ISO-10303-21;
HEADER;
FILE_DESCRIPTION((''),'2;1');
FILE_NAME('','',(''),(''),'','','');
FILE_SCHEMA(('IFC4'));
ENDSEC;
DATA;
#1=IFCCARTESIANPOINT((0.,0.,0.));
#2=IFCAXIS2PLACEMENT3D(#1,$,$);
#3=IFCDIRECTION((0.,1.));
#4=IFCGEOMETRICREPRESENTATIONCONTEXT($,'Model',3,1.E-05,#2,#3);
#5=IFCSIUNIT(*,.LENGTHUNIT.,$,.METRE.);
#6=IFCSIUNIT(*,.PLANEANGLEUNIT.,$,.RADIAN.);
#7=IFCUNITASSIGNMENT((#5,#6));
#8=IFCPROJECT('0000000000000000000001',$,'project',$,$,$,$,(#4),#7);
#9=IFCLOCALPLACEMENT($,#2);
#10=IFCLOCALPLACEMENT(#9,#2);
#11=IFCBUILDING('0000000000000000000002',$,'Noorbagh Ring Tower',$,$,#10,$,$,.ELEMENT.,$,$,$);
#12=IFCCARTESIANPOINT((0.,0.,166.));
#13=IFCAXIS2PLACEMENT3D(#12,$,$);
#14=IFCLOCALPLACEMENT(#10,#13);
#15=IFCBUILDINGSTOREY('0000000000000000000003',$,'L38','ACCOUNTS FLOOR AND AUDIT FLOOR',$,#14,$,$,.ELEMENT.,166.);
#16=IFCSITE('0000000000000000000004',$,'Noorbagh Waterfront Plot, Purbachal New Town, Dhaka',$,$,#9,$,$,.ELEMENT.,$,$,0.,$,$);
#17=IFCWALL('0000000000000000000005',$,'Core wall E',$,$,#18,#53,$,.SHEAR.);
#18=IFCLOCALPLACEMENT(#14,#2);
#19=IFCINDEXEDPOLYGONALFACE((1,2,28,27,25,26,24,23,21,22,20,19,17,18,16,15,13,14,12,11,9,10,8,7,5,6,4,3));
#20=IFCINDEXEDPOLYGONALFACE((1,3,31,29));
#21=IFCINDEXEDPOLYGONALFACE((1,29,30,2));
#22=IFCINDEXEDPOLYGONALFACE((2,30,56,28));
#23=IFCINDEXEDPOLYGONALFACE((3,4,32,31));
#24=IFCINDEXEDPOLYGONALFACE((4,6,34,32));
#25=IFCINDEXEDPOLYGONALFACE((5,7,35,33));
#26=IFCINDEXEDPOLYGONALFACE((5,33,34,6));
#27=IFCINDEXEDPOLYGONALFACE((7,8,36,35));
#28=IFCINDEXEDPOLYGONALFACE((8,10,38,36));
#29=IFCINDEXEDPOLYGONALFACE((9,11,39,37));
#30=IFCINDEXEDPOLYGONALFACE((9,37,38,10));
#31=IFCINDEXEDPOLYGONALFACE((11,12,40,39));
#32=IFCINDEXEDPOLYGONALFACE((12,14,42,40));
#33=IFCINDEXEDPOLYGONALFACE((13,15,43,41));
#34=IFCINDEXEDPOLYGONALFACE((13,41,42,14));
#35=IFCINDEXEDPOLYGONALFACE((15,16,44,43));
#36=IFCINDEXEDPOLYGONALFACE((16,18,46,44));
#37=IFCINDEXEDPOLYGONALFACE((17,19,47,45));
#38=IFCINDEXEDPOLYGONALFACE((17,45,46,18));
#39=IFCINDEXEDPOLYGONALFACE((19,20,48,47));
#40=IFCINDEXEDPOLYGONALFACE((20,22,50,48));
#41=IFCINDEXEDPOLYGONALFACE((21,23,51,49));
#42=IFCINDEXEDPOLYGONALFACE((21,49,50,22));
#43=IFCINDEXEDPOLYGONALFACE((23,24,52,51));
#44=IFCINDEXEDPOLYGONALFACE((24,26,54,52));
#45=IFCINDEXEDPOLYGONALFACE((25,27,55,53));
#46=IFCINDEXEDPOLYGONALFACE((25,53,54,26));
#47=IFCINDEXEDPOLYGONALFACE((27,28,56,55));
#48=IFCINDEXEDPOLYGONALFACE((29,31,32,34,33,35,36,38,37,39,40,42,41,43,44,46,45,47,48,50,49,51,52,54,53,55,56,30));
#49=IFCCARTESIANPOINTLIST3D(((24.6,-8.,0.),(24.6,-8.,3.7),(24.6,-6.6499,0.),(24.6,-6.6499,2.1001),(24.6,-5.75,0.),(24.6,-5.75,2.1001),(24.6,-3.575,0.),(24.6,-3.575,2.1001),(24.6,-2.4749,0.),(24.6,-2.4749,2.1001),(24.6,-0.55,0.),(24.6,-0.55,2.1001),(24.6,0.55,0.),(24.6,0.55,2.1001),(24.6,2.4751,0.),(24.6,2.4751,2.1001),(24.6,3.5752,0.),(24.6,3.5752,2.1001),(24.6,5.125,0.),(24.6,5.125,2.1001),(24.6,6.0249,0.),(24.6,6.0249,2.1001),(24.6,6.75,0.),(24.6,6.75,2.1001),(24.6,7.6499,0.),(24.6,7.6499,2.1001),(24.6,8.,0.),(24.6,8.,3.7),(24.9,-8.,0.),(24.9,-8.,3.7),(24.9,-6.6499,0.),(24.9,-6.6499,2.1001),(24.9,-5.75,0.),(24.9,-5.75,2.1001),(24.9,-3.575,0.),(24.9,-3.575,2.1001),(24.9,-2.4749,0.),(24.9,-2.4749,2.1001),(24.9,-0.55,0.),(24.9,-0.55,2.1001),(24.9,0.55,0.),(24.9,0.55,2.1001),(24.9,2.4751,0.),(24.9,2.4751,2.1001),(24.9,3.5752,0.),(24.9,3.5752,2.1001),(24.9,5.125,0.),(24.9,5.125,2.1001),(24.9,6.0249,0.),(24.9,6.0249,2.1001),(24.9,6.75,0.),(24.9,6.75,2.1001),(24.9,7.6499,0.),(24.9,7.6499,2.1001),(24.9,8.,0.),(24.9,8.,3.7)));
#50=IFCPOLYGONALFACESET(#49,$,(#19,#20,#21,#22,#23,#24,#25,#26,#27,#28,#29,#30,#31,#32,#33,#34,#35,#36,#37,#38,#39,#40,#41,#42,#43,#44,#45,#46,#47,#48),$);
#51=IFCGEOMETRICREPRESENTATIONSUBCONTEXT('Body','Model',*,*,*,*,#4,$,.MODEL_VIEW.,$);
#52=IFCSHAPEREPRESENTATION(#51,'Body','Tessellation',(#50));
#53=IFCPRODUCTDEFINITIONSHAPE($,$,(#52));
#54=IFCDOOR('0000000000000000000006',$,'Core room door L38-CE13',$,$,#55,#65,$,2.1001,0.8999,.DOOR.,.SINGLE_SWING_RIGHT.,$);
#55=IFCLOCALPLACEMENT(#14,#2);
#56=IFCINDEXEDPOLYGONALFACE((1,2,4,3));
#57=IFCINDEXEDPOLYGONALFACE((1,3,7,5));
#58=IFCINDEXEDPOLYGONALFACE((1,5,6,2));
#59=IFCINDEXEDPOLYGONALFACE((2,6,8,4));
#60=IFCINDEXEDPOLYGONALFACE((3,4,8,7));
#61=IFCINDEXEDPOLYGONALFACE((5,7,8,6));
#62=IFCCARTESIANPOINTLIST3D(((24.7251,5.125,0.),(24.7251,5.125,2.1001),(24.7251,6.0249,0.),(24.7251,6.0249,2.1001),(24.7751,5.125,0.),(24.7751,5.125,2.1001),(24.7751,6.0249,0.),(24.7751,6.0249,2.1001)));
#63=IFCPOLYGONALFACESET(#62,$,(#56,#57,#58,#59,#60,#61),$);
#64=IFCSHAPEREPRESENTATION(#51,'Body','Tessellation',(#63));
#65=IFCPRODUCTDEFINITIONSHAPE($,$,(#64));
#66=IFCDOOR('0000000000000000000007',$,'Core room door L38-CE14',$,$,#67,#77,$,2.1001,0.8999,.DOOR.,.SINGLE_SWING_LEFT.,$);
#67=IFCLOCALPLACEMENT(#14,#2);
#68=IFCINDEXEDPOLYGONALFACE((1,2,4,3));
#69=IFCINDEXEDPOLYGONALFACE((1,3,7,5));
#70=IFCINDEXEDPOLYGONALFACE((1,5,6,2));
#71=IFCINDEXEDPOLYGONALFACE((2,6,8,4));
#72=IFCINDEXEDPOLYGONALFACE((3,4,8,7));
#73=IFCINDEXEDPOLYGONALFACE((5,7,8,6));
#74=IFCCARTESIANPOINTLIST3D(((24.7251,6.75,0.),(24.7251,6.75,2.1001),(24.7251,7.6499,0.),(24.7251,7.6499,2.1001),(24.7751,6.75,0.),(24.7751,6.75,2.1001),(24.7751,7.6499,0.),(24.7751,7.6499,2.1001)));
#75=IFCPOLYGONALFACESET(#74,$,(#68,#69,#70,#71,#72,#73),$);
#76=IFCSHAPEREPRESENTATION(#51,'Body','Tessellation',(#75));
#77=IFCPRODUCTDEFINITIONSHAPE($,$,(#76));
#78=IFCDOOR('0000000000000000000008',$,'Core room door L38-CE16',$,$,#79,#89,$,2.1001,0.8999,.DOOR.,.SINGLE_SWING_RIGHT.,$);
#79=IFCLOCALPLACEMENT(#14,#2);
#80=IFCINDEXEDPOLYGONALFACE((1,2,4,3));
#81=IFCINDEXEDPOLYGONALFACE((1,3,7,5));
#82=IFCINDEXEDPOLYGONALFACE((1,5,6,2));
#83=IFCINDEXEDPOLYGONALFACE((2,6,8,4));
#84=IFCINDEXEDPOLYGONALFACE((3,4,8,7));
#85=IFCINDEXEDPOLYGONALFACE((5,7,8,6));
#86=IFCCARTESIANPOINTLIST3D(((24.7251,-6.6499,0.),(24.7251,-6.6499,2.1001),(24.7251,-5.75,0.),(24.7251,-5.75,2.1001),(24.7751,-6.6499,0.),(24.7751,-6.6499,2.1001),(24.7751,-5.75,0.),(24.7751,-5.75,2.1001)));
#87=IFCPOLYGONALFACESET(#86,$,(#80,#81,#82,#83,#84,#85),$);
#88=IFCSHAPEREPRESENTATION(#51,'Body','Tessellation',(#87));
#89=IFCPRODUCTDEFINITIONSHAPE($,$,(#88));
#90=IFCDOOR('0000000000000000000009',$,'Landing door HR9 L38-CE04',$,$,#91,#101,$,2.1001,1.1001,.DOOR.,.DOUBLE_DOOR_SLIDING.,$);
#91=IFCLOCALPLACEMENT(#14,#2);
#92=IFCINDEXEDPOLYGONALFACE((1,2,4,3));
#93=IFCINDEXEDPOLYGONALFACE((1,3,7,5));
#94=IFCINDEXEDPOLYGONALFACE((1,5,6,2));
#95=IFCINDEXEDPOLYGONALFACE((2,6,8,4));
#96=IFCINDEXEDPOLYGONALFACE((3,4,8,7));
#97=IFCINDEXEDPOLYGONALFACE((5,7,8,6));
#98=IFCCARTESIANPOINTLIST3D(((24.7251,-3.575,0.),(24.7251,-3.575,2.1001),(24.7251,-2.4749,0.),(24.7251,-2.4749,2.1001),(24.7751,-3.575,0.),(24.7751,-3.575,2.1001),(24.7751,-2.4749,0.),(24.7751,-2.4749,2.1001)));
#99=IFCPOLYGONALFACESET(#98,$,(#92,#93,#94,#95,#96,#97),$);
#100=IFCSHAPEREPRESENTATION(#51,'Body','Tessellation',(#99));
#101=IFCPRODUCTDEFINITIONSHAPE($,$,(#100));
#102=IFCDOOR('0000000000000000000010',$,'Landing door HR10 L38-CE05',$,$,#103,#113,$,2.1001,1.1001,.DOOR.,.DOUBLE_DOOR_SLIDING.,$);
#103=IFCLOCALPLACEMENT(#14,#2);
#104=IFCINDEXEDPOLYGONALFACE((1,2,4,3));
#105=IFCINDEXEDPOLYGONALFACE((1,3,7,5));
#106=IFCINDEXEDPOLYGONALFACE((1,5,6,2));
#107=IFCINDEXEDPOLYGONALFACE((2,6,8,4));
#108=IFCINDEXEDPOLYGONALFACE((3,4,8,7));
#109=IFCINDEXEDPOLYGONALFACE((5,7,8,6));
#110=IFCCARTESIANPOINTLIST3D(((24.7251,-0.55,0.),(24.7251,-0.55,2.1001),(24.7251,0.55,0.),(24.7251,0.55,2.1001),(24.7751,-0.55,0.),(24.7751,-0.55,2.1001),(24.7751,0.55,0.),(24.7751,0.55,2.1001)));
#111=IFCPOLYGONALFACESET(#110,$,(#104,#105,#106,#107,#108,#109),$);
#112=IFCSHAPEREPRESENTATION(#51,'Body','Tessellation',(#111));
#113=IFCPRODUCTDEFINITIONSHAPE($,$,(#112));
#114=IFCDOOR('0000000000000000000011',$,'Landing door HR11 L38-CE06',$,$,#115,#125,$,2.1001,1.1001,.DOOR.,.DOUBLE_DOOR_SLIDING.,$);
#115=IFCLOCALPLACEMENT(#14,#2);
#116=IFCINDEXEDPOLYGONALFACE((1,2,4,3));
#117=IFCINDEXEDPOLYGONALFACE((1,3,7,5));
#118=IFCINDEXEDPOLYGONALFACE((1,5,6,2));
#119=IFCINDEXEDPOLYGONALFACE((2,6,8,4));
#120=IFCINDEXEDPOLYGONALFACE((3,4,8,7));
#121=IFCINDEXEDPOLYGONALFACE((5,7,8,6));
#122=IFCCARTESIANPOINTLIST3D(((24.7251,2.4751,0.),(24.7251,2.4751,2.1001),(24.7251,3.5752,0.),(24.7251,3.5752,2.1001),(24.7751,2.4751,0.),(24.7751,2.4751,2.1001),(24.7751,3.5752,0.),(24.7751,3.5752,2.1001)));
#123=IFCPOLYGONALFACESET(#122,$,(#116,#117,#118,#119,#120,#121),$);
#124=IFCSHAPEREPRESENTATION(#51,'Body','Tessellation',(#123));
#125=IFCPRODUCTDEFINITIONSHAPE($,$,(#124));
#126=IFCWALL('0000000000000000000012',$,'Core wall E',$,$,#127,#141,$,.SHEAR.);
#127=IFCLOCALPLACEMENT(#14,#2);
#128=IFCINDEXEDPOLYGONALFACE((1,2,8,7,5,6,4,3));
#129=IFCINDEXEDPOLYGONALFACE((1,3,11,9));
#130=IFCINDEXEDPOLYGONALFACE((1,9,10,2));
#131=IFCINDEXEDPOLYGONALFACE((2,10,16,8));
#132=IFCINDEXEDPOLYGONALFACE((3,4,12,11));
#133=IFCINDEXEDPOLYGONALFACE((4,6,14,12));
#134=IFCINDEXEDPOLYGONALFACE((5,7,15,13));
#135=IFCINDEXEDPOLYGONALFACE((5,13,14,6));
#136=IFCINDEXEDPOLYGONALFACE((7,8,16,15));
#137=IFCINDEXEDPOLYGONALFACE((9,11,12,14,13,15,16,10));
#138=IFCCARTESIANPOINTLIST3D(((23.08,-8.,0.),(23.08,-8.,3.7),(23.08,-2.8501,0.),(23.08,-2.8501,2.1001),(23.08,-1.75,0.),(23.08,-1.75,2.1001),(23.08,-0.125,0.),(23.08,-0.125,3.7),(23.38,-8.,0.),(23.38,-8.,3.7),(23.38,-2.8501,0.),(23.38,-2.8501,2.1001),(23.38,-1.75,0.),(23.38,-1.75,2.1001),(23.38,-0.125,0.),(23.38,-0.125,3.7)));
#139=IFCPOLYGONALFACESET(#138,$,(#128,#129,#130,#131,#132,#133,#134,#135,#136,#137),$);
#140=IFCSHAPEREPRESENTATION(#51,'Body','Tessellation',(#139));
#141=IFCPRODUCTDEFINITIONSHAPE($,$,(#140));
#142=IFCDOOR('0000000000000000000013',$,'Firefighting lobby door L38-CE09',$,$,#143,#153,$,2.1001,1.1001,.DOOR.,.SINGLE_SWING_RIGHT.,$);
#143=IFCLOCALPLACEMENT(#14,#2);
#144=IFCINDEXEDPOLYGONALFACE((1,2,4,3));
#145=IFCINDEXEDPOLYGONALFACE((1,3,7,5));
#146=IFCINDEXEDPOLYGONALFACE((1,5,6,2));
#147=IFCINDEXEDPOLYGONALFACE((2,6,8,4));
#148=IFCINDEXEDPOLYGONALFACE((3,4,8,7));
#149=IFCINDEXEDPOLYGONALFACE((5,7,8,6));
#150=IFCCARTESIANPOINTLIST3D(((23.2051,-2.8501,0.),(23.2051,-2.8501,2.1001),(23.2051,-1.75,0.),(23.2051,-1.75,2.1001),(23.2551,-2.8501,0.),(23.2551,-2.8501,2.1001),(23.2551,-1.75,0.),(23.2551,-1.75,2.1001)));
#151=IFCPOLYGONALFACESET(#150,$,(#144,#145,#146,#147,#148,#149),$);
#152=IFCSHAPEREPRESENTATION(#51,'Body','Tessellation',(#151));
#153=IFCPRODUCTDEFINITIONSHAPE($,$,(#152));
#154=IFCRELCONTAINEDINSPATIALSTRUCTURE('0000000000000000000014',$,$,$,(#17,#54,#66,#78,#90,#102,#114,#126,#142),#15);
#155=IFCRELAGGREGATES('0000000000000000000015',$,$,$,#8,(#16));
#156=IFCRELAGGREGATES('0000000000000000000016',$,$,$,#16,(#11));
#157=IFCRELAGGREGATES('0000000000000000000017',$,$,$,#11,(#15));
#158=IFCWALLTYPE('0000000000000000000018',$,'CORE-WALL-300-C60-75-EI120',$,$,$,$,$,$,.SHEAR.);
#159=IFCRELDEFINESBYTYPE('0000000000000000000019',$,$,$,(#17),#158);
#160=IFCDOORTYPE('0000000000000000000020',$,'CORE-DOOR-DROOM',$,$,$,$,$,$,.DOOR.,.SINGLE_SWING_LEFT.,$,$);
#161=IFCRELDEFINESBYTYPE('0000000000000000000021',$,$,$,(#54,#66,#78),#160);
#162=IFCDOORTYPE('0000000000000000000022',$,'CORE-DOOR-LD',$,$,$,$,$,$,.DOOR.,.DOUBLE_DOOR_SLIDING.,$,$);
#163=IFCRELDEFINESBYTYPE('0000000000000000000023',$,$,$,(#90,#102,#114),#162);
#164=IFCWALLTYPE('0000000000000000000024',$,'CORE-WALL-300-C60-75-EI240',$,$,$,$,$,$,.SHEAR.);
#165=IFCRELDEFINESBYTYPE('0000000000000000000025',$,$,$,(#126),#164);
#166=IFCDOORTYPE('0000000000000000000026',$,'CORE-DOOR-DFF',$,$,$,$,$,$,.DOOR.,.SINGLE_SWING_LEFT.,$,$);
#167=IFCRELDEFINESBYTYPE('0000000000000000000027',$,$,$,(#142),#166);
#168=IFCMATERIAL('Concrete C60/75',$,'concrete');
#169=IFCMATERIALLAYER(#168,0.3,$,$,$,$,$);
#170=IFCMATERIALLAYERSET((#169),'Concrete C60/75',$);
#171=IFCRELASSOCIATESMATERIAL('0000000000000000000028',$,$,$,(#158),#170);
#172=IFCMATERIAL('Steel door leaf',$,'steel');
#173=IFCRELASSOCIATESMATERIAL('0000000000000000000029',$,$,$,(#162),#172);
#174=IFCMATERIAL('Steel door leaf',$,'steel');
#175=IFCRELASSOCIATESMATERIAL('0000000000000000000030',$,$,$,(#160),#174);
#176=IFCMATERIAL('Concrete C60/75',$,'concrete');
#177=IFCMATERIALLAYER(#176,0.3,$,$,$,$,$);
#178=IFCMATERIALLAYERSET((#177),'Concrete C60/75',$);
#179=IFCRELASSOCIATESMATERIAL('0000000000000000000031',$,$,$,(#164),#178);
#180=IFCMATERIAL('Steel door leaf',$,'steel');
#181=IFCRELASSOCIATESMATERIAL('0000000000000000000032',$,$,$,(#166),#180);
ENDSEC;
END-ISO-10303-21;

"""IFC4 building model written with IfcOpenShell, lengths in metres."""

from ifc_helpers import new_model, si_unit, direction, frame, frame_2d, origin, place, context, subcontext, project, spatial, rectangle, extrude, material, layer, layer_set, type_object, element, fill, save


model = new_model("IFC4")

# Units and contexts
model_context = context("Model", 3, precision=1e-05, world=origin(), true_north=direction((0.0, 1.0)))
body_context = subcontext(model_context, "Body", "Model", "MODEL_VIEW")
ifc_project = project(units=[si_unit("LENGTHUNIT", "METRE"), si_unit("PLANEANGLEUNIT", "RADIAN")], contexts=[model_context])

# Site, building, storey
site_placement = place(None, origin())
site = spatial("IfcSite", under=ifc_project, at=site_placement, Name="Noorbagh Waterfront Plot, Purbachal New Town, Dhaka", CompositionType="ELEMENT", RefElevation=0.0)
building_placement = place(site_placement, origin())
building = spatial("IfcBuilding", under=site, at=building_placement, Name="Noorbagh Ring Tower", CompositionType="ELEMENT")
storey_placement = place(building_placement, frame((0.0, 0.0, 166.0)))
storey = spatial("IfcBuildingStorey", under=building, at=storey_placement, Name="L38", Description="ACCOUNTS FLOOR AND AUDIT FLOOR", CompositionType="ELEMENT", Elevation=166.0)

# Wall, openings, doors
ifc_material_1 = material(Name="Concrete C60/75", Category="concrete")
ifc_layer_1 = layer(ifc_material_1, 0.3)
ifc_layer_set_1 = layer_set([ifc_layer_1], Name="Concrete C60/75")
wall_type_1 = type_object("IfcWallType", Name="CORE-WALL-300-C60-75-EI120", PredefinedType="SHEAR", material=ifc_layer_set_1)
ifc_material_2 = material(Name="Steel door leaf", Category="steel")
door_type_1 = type_object("IfcDoorType", Name="CORE-DOOR-LD", OperationType="DOUBLE_DOOR_SLIDING", PredefinedType="DOOR", material=ifc_material_2)
wall_1_placement = place(storey_placement, frame((24.75, -8.0, 0.0), z_axis=(0.0, 0.0, 1.0), x_axis=(0.0, 1.0, 0.0)))
wall_1 = element("IfcWall", 1, at=wall_1_placement, inside=storey, type_object=wall_type_1, Name="Core wall E", PredefinedType="SHEAR", context=body_context, shape_type="SweptSolid", body=[
    extrude(rectangle(XDim=16.0, YDim=0.3, at=frame_2d((8.0, 0.0))), origin(), (0.0, 0.0, 1.0), 3.7),
])
opening_1_placement = place(wall_1_placement, frame((4.425, 0.0, 0.0)))
opening_1 = element("IfcOpeningElement", 2, at=opening_1_placement, cuts=wall_1, PredefinedType="OPENING", context=body_context, shape_type="SweptSolid", body=[
    extrude(rectangle(XDim=1.1001, YDim=2.1001, at=frame_2d((0.55, 1.05))), frame((0.0, 0.1602, 0.0), z_axis=(0.0, -1.0, 0.0), x_axis=(1.0, 0.0, 0.0)), (0.0, 0.0, 1.0), 0.3201),
])
opening_2_placement = place(wall_1_placement, frame((7.45, 0.0, 0.0)))
opening_2 = element("IfcOpeningElement", 3, at=opening_2_placement, cuts=wall_1, PredefinedType="OPENING", context=body_context, shape_type="SweptSolid", body=[
    extrude(rectangle(XDim=1.1001, YDim=2.1001, at=frame_2d((0.55, 1.05))), frame((0.0, 0.1602, 0.0), z_axis=(0.0, -1.0, 0.0), x_axis=(1.0, 0.0, 0.0)), (0.0, 0.0, 1.0), 0.3201),
])
opening_3_placement = place(wall_1_placement, frame((10.4751, 0.0, 0.0)))
opening_3 = element("IfcOpeningElement", 4, at=opening_3_placement, cuts=wall_1, PredefinedType="OPENING", context=body_context, shape_type="SweptSolid", body=[
    extrude(rectangle(XDim=1.1001, YDim=2.1001, at=frame_2d((0.55, 1.05))), frame((0.0, 0.1602, 0.0), z_axis=(0.0, -1.0, 0.0), x_axis=(1.0, 0.0, 0.0)), (0.0, 0.0, 1.0), 0.3201),
])
opening_4_placement = place(wall_1_placement, frame((13.125, 0.0, 0.0)))
opening_4 = element("IfcOpeningElement", 5, at=opening_4_placement, cuts=wall_1, PredefinedType="OPENING", context=body_context, shape_type="SweptSolid", body=[
    extrude(rectangle(XDim=0.8999, YDim=2.1001, at=frame_2d((0.45, 1.05))), frame((0.0, 0.1602, 0.0), z_axis=(0.0, -1.0, 0.0), x_axis=(1.0, 0.0, 0.0)), (0.0, 0.0, 1.0), 0.3201),
])
opening_5_placement = place(wall_1_placement, frame((14.75, 0.0, 0.0)))
opening_5 = element("IfcOpeningElement", 6, at=opening_5_placement, cuts=wall_1, PredefinedType="OPENING", context=body_context, shape_type="SweptSolid", body=[
    extrude(rectangle(XDim=0.8999, YDim=2.1001, at=frame_2d((0.45, 1.05))), frame((0.0, 0.1602, 0.0), z_axis=(0.0, -1.0, 0.0), x_axis=(1.0, 0.0, 0.0)), (0.0, 0.0, 1.0), 0.3201),
])
opening_6_placement = place(wall_1_placement, frame((1.3501, 0.0, 0.0)))
opening_6 = element("IfcOpeningElement", 7, at=opening_6_placement, cuts=wall_1, PredefinedType="OPENING", context=body_context, shape_type="SweptSolid", body=[
    extrude(rectangle(XDim=0.8999, YDim=2.1001, at=frame_2d((0.45, 1.05))), frame((0.0, 0.1602, 0.0), z_axis=(0.0, -1.0, 0.0), x_axis=(1.0, 0.0, 0.0)), (0.0, 0.0, 1.0), 0.3201),
])
ifc_material_3 = material(Name="Steel door leaf", Category="steel")
door_type_2 = type_object("IfcDoorType", Name="CORE-DOOR-DROOM", OperationType="SINGLE_SWING_LEFT", PredefinedType="DOOR", material=ifc_material_3)
door_1_placement = place(opening_4_placement, origin())
door_1 = element("IfcDoor", 8, at=door_1_placement, inside=storey, type_object=door_type_2, Name="Core room door L38-CE13", OperationType="SINGLE_SWING_RIGHT", OverallHeight=2.1001, OverallWidth=0.8999, PredefinedType="DOOR", context=body_context, shape_type="SweptSolid", body=[
    extrude(rectangle(XDim=0.8999, YDim=2.1001, at=frame_2d((0.45, 1.05))), frame((0.0, 0.0249, 0.0), z_axis=(0.0, -1.0, 0.0), x_axis=(1.0, 0.0, 0.0)), (0.0, 0.0, 1.0), 0.05),
])
fill(opening_4, door_1)
door_2_placement = place(opening_5_placement, origin())
door_2 = element("IfcDoor", 9, at=door_2_placement, inside=storey, type_object=door_type_2, Name="Core room door L38-CE14", OperationType="SINGLE_SWING_LEFT", OverallHeight=2.1001, OverallWidth=0.8999, PredefinedType="DOOR", context=body_context, shape_type="SweptSolid", body=[
    extrude(rectangle(XDim=0.8999, YDim=2.1001, at=frame_2d((0.45, 1.05))), frame((0.0, 0.0249, 0.0), z_axis=(0.0, -1.0, 0.0), x_axis=(1.0, 0.0, 0.0)), (0.0, 0.0, 1.0), 0.05),
])
fill(opening_5, door_2)
door_3_placement = place(opening_6_placement, origin())
door_3 = element("IfcDoor", 10, at=door_3_placement, inside=storey, type_object=door_type_2, Name="Core room door L38-CE16", OperationType="SINGLE_SWING_RIGHT", OverallHeight=2.1001, OverallWidth=0.8999, PredefinedType="DOOR", context=body_context, shape_type="SweptSolid", body=[
    extrude(rectangle(XDim=0.8999, YDim=2.1001, at=frame_2d((0.45, 1.05))), frame((0.0, 0.0249, 0.0), z_axis=(0.0, -1.0, 0.0), x_axis=(1.0, 0.0, 0.0)), (0.0, 0.0, 1.0), 0.05),
])
fill(opening_6, door_3)
door_4_placement = place(opening_1_placement, origin())
door_4 = element("IfcDoor", 11, at=door_4_placement, inside=storey, type_object=door_type_1, Name="Landing door HR9 L38-CE04", OperationType="DOUBLE_DOOR_SLIDING", OverallHeight=2.1001, OverallWidth=1.1001, PredefinedType="DOOR", context=body_context, shape_type="SweptSolid", body=[
    extrude(rectangle(XDim=1.1001, YDim=2.1001, at=frame_2d((0.55, 1.05))), frame((0.0, 0.0249, 0.0), z_axis=(0.0, -1.0, 0.0), x_axis=(1.0, 0.0, 0.0)), (0.0, 0.0, 1.0), 0.05),
])
fill(opening_1, door_4)
door_5_placement = place(opening_2_placement, origin())
door_5 = element("IfcDoor", 12, at=door_5_placement, inside=storey, type_object=door_type_1, Name="Landing door HR10 L38-CE05", OperationType="DOUBLE_DOOR_SLIDING", OverallHeight=2.1001, OverallWidth=1.1001, PredefinedType="DOOR", context=body_context, shape_type="SweptSolid", body=[
    extrude(rectangle(XDim=1.1001, YDim=2.1001, at=frame_2d((0.55, 1.05))), frame((0.0, 0.0249, 0.0), z_axis=(0.0, -1.0, 0.0), x_axis=(1.0, 0.0, 0.0)), (0.0, 0.0, 1.0), 0.05),
])
fill(opening_2, door_5)
door_6_placement = place(opening_3_placement, origin())
door_6 = element("IfcDoor", 13, at=door_6_placement, inside=storey, type_object=door_type_1, Name="Landing door HR11 L38-CE06", OperationType="DOUBLE_DOOR_SLIDING", OverallHeight=2.1001, OverallWidth=1.1001, PredefinedType="DOOR", context=body_context, shape_type="SweptSolid", body=[
    extrude(rectangle(XDim=1.1001, YDim=2.1001, at=frame_2d((0.55, 1.05))), frame((0.0, 0.0249, 0.0), z_axis=(0.0, -1.0, 0.0), x_axis=(1.0, 0.0, 0.0)), (0.0, 0.0, 1.0), 0.05),
])
fill(opening_3, door_6)

# Wall, opening, door
ifc_material_4 = material(Name="Concrete C60/75", Category="concrete")
ifc_layer_2 = layer(ifc_material_4, 0.3)
ifc_layer_set_2 = layer_set([ifc_layer_2], Name="Concrete C60/75")
wall_type_2 = type_object("IfcWallType", Name="CORE-WALL-300-C60-75-EI240", PredefinedType="SHEAR", material=ifc_layer_set_2)
wall_2_placement = place(storey_placement, frame((23.23, -8.0, 0.0), z_axis=(0.0, 0.0, 1.0), x_axis=(0.0, 1.0, 0.0)))
wall_2 = element("IfcWall", 14, at=wall_2_placement, inside=storey, type_object=wall_type_2, Name="Core wall E", PredefinedType="SHEAR", context=body_context, shape_type="SweptSolid", body=[
    extrude(rectangle(XDim=7.875, YDim=0.3, at=frame_2d((3.9375, 0.0))), origin(), (0.0, 0.0, 1.0), 3.7),
])
opening_7_placement = place(wall_2_placement, frame((5.1499, 0.0, 0.0)))
opening_7 = element("IfcOpeningElement", 15, at=opening_7_placement, cuts=wall_2, PredefinedType="OPENING", context=body_context, shape_type="SweptSolid", body=[
    extrude(rectangle(XDim=1.1001, YDim=2.1001, at=frame_2d((0.55, 1.05))), frame((0.0, 0.1602, 0.0), z_axis=(0.0, -1.0, 0.0), x_axis=(1.0, 0.0, 0.0)), (0.0, 0.0, 1.0), 0.3201),
])
ifc_material_5 = material(Name="Steel door leaf", Category="steel")
door_type_3 = type_object("IfcDoorType", Name="CORE-DOOR-DFF", OperationType="SINGLE_SWING_LEFT", PredefinedType="DOOR", material=ifc_material_5)
door_7_placement = place(opening_7_placement, origin())
door_7 = element("IfcDoor", 16, at=door_7_placement, inside=storey, type_object=door_type_3, Name="Firefighting lobby door L38-CE09", OperationType="SINGLE_SWING_RIGHT", OverallHeight=2.1001, OverallWidth=1.1001, PredefinedType="DOOR", context=body_context, shape_type="SweptSolid", body=[
    extrude(rectangle(XDim=1.1001, YDim=2.1001, at=frame_2d((0.55, 1.05))), frame((0.0, 0.0249, 0.0), z_axis=(0.0, -1.0, 0.0), x_axis=(1.0, 0.0, 0.0)), (0.0, 0.0, 1.0), 0.05),
])
fill(opening_7, door_7)

save(model, "model.ifc")
